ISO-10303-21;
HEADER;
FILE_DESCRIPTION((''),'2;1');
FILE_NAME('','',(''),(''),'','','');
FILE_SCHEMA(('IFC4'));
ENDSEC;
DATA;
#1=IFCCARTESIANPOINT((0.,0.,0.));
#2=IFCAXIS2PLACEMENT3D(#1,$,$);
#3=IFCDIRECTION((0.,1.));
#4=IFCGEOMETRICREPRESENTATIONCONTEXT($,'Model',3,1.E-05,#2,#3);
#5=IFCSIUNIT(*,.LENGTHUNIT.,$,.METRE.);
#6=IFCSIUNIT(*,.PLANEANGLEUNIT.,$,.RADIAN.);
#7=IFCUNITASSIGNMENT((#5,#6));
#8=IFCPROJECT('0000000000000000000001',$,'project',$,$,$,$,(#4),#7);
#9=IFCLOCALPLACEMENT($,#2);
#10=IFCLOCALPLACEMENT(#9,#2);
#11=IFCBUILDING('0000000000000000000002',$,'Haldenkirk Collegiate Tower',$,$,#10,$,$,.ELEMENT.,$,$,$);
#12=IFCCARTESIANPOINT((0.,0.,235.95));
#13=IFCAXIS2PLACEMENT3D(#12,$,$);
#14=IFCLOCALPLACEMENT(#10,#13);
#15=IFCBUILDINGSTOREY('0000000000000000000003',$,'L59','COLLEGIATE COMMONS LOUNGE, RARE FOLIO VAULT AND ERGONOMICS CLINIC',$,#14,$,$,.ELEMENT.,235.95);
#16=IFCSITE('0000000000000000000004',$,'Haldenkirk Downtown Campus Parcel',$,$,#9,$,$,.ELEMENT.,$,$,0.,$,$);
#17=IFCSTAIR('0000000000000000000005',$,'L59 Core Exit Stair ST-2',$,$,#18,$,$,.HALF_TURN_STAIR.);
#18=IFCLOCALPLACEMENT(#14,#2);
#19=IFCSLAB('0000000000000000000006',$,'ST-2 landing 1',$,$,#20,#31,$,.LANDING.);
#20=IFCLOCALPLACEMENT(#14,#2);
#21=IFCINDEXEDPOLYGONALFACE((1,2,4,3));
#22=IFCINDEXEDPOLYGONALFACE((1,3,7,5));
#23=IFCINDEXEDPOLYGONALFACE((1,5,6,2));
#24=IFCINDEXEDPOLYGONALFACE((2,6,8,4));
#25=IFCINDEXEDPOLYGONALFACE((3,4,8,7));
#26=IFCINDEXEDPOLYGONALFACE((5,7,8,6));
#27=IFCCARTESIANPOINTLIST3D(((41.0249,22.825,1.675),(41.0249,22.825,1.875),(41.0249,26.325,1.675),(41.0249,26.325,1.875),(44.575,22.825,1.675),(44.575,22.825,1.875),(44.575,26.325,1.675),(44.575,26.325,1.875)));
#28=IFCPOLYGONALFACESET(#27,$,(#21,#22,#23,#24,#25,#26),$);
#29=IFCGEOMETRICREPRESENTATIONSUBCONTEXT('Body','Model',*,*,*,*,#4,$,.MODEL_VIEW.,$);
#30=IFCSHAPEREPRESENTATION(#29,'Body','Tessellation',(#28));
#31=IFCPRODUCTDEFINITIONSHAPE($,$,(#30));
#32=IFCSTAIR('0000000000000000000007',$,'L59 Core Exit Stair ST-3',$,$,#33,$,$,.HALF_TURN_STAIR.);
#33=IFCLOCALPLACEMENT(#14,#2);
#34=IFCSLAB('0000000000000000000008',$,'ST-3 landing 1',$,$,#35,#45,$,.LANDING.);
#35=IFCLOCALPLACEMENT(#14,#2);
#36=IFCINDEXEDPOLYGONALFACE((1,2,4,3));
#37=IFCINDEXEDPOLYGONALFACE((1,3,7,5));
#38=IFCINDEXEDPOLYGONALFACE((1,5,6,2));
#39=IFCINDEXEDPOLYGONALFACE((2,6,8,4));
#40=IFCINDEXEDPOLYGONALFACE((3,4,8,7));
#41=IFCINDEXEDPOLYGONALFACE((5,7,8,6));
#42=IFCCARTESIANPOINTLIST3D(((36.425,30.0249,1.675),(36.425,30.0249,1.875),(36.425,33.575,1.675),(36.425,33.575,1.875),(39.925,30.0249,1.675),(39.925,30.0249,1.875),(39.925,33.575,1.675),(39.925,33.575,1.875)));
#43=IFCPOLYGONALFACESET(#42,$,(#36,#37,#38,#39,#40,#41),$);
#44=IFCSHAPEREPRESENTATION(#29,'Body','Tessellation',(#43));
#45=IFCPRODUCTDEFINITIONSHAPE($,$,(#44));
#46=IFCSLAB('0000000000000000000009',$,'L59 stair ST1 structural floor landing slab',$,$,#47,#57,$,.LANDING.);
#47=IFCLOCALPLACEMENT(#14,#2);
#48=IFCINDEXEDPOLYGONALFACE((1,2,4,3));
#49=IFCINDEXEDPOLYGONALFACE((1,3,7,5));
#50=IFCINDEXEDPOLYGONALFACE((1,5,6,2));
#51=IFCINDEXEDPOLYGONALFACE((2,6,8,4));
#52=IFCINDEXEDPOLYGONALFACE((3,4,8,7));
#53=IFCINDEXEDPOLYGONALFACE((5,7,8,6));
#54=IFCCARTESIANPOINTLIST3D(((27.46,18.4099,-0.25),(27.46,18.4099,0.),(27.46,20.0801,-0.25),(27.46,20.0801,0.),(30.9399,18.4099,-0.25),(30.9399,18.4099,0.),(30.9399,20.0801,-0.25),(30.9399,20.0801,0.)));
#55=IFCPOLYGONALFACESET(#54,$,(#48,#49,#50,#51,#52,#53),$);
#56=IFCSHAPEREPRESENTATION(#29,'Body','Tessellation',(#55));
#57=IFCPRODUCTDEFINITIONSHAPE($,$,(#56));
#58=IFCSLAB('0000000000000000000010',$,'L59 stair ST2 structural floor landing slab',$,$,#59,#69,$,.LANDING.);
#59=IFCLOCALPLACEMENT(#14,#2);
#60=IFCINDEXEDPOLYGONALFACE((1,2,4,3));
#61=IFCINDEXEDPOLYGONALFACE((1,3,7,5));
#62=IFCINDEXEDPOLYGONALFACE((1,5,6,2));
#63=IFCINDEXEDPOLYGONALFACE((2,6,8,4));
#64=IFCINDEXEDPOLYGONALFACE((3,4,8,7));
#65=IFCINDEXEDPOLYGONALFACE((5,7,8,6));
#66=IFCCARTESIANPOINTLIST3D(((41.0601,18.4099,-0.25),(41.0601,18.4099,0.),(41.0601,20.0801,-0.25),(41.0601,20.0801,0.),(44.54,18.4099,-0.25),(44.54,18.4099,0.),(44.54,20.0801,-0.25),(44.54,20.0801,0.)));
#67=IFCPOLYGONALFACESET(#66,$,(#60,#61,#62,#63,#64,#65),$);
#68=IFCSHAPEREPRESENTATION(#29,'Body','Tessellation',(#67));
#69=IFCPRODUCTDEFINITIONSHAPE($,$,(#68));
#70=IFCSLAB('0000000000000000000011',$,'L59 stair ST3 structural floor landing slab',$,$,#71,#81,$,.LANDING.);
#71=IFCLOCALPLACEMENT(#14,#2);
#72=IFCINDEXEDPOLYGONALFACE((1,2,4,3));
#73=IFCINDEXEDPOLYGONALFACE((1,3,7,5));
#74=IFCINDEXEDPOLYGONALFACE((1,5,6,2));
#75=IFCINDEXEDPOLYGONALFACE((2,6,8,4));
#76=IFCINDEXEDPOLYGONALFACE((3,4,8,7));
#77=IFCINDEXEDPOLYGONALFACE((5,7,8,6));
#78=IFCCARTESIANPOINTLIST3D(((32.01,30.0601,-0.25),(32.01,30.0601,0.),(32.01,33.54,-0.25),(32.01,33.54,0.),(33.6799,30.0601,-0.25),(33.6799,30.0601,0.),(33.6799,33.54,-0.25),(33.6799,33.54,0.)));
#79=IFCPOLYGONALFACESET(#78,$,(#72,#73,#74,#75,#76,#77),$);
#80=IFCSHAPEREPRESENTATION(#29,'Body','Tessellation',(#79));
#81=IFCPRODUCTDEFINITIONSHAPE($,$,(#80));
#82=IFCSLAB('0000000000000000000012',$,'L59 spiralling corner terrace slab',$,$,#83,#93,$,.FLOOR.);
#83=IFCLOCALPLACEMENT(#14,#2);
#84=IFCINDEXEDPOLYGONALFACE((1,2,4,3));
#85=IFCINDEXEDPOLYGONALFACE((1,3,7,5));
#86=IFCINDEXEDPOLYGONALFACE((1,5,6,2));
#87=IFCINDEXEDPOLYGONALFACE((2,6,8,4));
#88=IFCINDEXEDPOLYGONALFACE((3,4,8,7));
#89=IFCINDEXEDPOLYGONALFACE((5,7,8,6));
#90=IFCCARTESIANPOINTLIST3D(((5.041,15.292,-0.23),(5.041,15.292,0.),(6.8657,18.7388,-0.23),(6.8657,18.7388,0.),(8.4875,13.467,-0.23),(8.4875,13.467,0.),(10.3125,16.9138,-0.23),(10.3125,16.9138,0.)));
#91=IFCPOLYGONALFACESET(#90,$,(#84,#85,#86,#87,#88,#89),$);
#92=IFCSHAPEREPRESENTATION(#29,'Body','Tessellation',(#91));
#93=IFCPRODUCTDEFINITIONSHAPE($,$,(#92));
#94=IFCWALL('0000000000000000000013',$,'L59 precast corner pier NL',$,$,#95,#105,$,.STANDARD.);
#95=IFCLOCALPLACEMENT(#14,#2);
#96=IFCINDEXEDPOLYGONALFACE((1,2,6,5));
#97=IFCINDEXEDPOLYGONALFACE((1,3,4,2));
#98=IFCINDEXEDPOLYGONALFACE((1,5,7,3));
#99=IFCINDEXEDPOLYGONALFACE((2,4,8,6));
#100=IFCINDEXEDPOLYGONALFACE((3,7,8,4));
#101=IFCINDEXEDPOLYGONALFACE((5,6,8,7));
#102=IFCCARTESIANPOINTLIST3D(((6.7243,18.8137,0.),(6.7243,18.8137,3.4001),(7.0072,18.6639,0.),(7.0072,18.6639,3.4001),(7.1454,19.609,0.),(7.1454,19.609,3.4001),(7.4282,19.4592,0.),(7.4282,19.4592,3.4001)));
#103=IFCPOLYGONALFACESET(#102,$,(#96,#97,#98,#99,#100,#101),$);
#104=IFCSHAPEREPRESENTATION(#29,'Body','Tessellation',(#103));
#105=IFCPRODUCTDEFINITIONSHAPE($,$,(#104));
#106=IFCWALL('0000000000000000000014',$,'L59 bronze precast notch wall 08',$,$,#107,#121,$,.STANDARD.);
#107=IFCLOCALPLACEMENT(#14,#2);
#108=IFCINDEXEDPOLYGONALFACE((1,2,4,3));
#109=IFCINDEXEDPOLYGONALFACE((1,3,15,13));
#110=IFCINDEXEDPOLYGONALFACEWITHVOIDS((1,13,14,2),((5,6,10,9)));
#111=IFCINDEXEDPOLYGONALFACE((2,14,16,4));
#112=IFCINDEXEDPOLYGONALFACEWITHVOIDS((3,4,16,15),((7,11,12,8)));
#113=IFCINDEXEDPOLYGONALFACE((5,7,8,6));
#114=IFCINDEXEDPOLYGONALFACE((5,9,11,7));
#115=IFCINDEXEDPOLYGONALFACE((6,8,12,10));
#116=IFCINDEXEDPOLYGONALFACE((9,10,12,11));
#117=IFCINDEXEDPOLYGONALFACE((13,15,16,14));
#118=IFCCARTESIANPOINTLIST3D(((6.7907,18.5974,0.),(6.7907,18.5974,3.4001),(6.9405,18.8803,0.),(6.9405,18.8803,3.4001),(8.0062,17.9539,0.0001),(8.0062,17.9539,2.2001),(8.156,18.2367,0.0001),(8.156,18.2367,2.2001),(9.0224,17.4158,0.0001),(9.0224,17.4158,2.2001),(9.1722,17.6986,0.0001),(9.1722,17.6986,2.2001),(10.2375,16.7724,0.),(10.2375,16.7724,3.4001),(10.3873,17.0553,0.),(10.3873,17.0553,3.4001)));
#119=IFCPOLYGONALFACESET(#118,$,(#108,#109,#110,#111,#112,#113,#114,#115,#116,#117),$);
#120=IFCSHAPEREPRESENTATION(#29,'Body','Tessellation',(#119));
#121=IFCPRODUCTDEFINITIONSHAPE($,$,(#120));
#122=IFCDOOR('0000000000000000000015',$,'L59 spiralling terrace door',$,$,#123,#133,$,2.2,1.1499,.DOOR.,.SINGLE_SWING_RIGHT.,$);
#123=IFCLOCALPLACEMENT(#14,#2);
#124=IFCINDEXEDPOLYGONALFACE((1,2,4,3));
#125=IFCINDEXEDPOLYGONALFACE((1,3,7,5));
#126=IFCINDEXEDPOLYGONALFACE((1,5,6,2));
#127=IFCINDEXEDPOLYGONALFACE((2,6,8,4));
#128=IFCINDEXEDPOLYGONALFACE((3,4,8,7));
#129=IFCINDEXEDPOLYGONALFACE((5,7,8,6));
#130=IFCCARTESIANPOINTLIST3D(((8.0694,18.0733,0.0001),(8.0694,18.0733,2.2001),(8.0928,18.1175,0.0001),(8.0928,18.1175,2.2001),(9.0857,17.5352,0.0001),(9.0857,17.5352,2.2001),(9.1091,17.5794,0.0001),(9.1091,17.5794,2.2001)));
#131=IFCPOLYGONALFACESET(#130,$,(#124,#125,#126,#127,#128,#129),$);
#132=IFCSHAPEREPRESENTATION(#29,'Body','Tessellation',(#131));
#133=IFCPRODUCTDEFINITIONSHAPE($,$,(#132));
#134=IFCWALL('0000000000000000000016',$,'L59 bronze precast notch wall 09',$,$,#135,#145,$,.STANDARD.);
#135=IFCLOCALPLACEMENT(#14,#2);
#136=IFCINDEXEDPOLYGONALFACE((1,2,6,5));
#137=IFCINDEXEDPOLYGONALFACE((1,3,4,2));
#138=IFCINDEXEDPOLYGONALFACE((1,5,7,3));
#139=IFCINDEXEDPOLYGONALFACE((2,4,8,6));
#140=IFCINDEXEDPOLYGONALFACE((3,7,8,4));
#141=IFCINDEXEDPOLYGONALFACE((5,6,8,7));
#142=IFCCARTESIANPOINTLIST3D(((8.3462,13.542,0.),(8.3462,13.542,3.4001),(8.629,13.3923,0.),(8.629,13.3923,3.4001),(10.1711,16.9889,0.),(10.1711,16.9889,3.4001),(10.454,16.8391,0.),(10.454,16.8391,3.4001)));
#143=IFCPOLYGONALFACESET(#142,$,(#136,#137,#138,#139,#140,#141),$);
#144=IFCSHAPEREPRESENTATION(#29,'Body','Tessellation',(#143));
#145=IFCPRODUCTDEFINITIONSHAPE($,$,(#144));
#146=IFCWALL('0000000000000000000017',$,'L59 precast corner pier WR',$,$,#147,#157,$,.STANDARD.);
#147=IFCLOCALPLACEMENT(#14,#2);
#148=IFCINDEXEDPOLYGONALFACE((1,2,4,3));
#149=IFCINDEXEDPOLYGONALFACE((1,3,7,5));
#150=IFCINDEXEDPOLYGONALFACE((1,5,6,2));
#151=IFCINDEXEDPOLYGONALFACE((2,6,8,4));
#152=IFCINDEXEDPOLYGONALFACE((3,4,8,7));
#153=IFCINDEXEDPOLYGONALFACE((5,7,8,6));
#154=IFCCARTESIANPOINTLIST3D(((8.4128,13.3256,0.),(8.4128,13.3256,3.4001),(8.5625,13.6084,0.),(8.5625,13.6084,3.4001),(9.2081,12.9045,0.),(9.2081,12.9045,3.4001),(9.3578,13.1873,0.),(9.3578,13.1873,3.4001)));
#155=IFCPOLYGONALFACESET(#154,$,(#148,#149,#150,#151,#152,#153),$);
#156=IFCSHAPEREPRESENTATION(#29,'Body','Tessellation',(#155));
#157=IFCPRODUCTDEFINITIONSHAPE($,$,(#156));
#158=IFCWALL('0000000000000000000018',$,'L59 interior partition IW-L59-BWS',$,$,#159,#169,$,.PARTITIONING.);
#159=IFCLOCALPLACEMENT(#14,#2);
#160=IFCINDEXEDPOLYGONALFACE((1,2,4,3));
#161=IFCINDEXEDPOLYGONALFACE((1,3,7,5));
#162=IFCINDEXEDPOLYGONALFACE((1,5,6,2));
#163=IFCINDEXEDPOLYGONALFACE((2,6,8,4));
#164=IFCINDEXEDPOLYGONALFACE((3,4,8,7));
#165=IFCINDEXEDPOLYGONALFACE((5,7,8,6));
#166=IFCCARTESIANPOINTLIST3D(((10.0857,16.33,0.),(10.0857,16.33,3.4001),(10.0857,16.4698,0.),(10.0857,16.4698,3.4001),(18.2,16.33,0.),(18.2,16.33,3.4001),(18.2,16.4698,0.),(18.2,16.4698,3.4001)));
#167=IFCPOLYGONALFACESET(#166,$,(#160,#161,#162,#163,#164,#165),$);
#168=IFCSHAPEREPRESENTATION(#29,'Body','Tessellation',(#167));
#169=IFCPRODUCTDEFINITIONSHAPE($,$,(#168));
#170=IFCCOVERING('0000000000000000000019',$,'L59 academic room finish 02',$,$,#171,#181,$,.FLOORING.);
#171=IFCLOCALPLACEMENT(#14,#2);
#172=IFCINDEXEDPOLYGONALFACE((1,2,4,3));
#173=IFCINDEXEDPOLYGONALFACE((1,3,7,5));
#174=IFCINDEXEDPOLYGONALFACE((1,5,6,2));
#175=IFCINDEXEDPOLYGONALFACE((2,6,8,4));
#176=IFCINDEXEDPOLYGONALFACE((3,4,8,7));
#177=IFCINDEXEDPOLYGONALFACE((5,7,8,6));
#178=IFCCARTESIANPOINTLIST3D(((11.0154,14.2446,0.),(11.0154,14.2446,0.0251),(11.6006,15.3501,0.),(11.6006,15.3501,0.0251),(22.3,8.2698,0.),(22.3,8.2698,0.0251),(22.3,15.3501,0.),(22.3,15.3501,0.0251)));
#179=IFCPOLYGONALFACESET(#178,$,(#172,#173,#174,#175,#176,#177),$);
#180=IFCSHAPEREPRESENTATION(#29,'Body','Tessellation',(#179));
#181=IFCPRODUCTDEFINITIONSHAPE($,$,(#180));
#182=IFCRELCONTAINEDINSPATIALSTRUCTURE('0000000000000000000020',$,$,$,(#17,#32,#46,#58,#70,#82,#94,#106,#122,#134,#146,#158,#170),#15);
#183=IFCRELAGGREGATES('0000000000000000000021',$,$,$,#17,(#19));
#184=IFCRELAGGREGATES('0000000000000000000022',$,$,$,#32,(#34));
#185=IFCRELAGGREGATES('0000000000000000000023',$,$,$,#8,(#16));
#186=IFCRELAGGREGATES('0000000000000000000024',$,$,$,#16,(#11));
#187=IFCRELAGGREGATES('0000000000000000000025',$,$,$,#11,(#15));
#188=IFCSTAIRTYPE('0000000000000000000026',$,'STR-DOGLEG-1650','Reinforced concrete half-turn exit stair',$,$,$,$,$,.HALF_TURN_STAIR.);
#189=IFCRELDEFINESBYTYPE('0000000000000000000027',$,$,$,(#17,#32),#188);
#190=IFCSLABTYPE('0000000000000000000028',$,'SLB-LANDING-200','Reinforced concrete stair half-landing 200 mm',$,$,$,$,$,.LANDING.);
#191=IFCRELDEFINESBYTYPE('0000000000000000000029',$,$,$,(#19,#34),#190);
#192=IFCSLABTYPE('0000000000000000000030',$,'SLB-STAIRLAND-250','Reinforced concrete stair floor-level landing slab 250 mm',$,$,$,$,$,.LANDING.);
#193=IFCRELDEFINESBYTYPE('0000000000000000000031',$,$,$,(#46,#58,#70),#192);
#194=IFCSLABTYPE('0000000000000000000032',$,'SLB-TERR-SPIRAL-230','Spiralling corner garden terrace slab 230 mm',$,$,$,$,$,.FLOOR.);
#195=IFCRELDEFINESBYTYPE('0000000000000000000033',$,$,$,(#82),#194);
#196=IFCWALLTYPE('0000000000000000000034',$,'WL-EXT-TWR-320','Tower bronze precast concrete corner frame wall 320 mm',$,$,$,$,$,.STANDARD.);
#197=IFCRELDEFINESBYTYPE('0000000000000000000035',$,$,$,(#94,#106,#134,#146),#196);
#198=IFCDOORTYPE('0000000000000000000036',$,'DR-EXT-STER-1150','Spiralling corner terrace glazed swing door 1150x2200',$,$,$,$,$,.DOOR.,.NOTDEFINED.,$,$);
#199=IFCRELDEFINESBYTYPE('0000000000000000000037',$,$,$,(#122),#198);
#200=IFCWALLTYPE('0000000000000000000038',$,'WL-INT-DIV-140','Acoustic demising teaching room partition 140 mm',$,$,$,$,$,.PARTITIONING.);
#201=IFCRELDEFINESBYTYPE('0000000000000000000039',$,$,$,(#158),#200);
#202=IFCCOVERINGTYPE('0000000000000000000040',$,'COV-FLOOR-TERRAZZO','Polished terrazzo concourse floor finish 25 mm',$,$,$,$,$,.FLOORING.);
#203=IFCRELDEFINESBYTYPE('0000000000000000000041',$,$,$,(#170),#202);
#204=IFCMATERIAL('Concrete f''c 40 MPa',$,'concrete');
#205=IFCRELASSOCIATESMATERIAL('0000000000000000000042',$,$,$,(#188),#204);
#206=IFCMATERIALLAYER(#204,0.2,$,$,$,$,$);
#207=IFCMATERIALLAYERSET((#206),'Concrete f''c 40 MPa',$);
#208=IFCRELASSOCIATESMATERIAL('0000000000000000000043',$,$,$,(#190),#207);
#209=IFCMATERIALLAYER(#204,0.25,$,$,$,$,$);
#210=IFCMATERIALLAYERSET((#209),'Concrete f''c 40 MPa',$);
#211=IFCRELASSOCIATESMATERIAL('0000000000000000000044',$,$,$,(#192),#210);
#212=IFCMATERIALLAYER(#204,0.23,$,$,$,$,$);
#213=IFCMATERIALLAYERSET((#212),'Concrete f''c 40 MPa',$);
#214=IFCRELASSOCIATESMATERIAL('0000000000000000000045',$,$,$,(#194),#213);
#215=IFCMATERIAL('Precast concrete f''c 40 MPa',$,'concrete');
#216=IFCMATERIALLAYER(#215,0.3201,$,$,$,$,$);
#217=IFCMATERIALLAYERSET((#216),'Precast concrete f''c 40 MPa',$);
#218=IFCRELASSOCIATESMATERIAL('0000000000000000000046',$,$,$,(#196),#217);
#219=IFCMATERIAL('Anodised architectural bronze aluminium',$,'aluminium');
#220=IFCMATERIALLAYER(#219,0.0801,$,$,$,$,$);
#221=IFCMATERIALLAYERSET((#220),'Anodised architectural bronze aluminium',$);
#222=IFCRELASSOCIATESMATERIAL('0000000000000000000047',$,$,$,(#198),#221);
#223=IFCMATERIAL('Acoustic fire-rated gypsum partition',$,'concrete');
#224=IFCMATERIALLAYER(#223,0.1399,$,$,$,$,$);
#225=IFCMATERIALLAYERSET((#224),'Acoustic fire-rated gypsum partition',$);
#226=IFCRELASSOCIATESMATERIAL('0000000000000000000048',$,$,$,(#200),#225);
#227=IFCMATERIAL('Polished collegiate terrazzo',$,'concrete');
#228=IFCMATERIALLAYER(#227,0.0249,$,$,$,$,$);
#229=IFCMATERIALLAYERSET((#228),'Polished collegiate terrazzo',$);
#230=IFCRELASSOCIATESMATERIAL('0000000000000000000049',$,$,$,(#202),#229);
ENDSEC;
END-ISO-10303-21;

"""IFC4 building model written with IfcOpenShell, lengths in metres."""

from ifc_helpers import new_model, si_unit, direction, frame, frame_2d, origin, place, context, subcontext, project, spatial, polyline, rectangle, outline, extrude, material, layer, layer_set, type_object, element, fill, aggregate, save


model = new_model("IFC4")

# Units and contexts
model_context = context("Model", 3, precision=1e-05, world=origin(), true_north=direction((0.0, 1.0)))
body_context = subcontext(model_context, "Body", "Model", "MODEL_VIEW")
ifc_project = project(units=[si_unit("LENGTHUNIT", "METRE"), si_unit("PLANEANGLEUNIT", "RADIAN")], contexts=[model_context])

# Site, building, storey
site_placement = place(None, origin())
site = spatial("IfcSite", under=ifc_project, at=site_placement, Name="Haldenkirk Downtown Campus Parcel", CompositionType="ELEMENT", RefElevation=0.0)
building_placement = place(site_placement, origin())
building = spatial("IfcBuilding", under=site, at=building_placement, Name="Haldenkirk Collegiate Tower", CompositionType="ELEMENT")
storey_placement = place(building_placement, frame((0.0, 0.0, 235.95)))
storey = spatial("IfcBuildingStorey", under=building, at=storey_placement, Name="L59", Description="COLLEGIATE COMMONS LOUNGE, RARE FOLIO VAULT AND ERGONOMICS CLINIC", CompositionType="ELEMENT", Elevation=235.95)

# Shared definitions
ifc_material_1 = material(Name="Anodised architectural bronze aluminium", Category="aluminium")

# Shared definitions
ifc_material_2 = material(Name="Concrete f'c 40 MPa", Category="concrete")

# Stairs, slabs
stair_type = type_object("IfcStairType", Name="STR-DOGLEG-1650", Description="Reinforced concrete half-turn exit stair", PredefinedType="HALF_TURN_STAIR", material=ifc_material_2)
ifc_layer_1 = layer(ifc_material_2, 0.2)
ifc_layer_set_1 = layer_set([ifc_layer_1], Name="Concrete f'c 40 MPa")
slab_type_1 = type_object("IfcSlabType", Name="SLB-LANDING-200", Description="Reinforced concrete stair half-landing 200 mm", PredefinedType="LANDING", material=ifc_layer_set_1)
stair_1_placement = place(storey_placement, origin())
stair_1 = element("IfcStair", 1, at=stair_1_placement, inside=storey, type_object=stair_type, Name="L59 Core Exit Stair ST-2", PredefinedType="HALF_TURN_STAIR")
slab_1_placement = place(storey_placement, frame((0.0, 0.0, 1.675)))
slab_1 = element("IfcSlab", 2, at=slab_1_placement, type_object=slab_type_1, Name="ST-2 landing 1", PredefinedType="LANDING", context=body_context, shape_type="SweptSolid", body=[
    extrude(outline(polyline([(44.575, 22.825), (41.0249, 22.825), (41.0249, 26.325), (44.575, 26.325), (44.575, 22.825)])), origin(), (0.0, 0.0, 1.0), 0.2),
])
aggregate(stair_1, [slab_1])
stair_2_placement = place(storey_placement, origin())
stair_2 = element("IfcStair", 3, at=stair_2_placement, inside=storey, type_object=stair_type, Name="L59 Core Exit Stair ST-3", PredefinedType="HALF_TURN_STAIR")
slab_2_placement = place(storey_placement, frame((0.0, 0.0, 1.675)))
slab_2 = element("IfcSlab", 4, at=slab_2_placement, type_object=slab_type_1, Name="ST-3 landing 1", PredefinedType="LANDING", context=body_context, shape_type="SweptSolid", body=[
    extrude(outline(polyline([(36.425, 30.0249), (36.425, 33.575), (39.925, 33.575), (39.925, 30.0249), (36.425, 30.0249)])), origin(), (0.0, 0.0, 1.0), 0.2),
])
aggregate(stair_2, [slab_2])

# Slabs
ifc_layer_2 = layer(ifc_material_2, 0.25)
ifc_layer_set_2 = layer_set([ifc_layer_2], Name="Concrete f'c 40 MPa")
slab_type_2 = type_object("IfcSlabType", Name="SLB-STAIRLAND-250", Description="Reinforced concrete stair floor-level landing slab 250 mm", PredefinedType="LANDING", material=ifc_layer_set_2)
slab_3_placement = place(storey_placement, frame((0.0, 0.0, -0.25)))
element("IfcSlab", 5, at=slab_3_placement, inside=storey, type_object=slab_type_2, Name="L59 stair ST1 structural floor landing slab", PredefinedType="LANDING", context=body_context, shape_type="SweptSolid", body=[
    extrude(outline(polyline([(27.46, 18.4099), (30.9399, 18.4099), (30.9399, 20.0801), (27.46, 20.0801), (27.46, 18.4099)])), origin(), (0.0, 0.0, 1.0), 0.25),
])
slab_4_placement = place(storey_placement, frame((0.0, 0.0, -0.25)))
element("IfcSlab", 6, at=slab_4_placement, inside=storey, type_object=slab_type_2, Name="L59 stair ST2 structural floor landing slab", PredefinedType="LANDING", context=body_context, shape_type="SweptSolid", body=[
    extrude(outline(polyline([(41.0601, 18.4099), (44.54, 18.4099), (44.54, 20.0801), (41.0601, 20.0801), (41.0601, 18.4099)])), origin(), (0.0, 0.0, 1.0), 0.25),
])
slab_5_placement = place(storey_placement, frame((0.0, 0.0, -0.25)))
element("IfcSlab", 7, at=slab_5_placement, inside=storey, type_object=slab_type_2, Name="L59 stair ST3 structural floor landing slab", PredefinedType="LANDING", context=body_context, shape_type="SweptSolid", body=[
    extrude(outline(polyline([(32.01, 30.0601), (33.6799, 30.0601), (33.6799, 33.54), (32.01, 33.54), (32.01, 30.0601)])), origin(), (0.0, 0.0, 1.0), 0.25),
])
ifc_layer_3 = layer(ifc_material_2, 0.23)
ifc_layer_set_3 = layer_set([ifc_layer_3], Name="Concrete f'c 40 MPa")
slab_type_3 = type_object("IfcSlabType", Name="SLB-TERR-SPIRAL-230", Description="Spiralling corner garden terrace slab 230 mm", PredefinedType="FLOOR", material=ifc_layer_set_3)
slab_6_placement = place(storey_placement, frame((0.0, 0.0, -0.23)))
element("IfcSlab", 8, at=slab_6_placement, inside=storey, type_object=slab_type_3, Name="L59 spiralling corner terrace slab", PredefinedType="FLOOR", context=body_context, shape_type="SweptSolid", body=[
    extrude(outline(polyline([(8.4875, 13.467), (10.3125, 16.9138), (6.8657, 18.7388), (5.041, 15.292), (8.4875, 13.467)])), origin(), (0.0, 0.0, 1.0), 0.23),
])

# Wall
ifc_material_3 = material(Name="Precast concrete f'c 40 MPa", Category="concrete")
ifc_layer_4 = layer(ifc_material_3, 0.3201)
ifc_layer_set_4 = layer_set([ifc_layer_4], Name="Precast concrete f'c 40 MPa")
wall_type_1 = type_object("IfcWallType", Name="WL-EXT-TWR-320", Description="Tower bronze precast concrete corner frame wall 320 mm", PredefinedType="STANDARD", material=ifc_layer_set_4)
wall_1_placement = place(storey_placement, frame((6.8657, 18.7388, 0.0), z_axis=(0.0, 0.0, 1.0), x_axis=(0.467925, 0.883768, 0.0)))
element("IfcWall", 9, at=wall_1_placement, inside=storey, type_object=wall_type_1, Name="L59 precast corner pier NL", PredefinedType="STANDARD", context=body_context, shape_type="SweptSolid", body=[
    extrude(rectangle(XDim=0.8999, YDim=0.3201, at=frame_2d((0.45, 0.0))), origin(), (0.0, 0.0, 1.0), 3.4001),
])

# Wall, opening, door
wall_2_placement = place(storey_placement, frame((10.3125, 16.9138, 0.0), z_axis=(0.0, 0.0, 1.0), x_axis=(-0.883768, 0.467925, 0.0)))
wall_2 = element("IfcWall", 10, at=wall_2_placement, inside=storey, type_object=wall_type_1, Name="L59 bronze precast notch wall 08", PredefinedType="STANDARD", context=body_context, shape_type="SweptSolid", body=[
    extrude(rectangle(XDim=3.9001, YDim=0.3201, at=frame_2d((1.9502, 0.0))), origin(), (0.0, 0.0, 1.0), 3.4001),
])
opening_placement = place(wall_2_placement, frame((1.375, 0.0, 0.0)))
opening = element("IfcOpeningElement", 11, at=opening_placement, cuts=wall_2, PredefinedType="OPENING", context=body_context, shape_type="SweptSolid", body=[
    extrude(rectangle(XDim=1.1499, YDim=2.2, at=frame_2d((0.575, 1.1001))), frame((0.0, 0.1699, 0.0), z_axis=(0.0, -1.0, 0.0), x_axis=(1.0, 0.0, 0.0)), (0.0, 0.0, 1.0), 0.3401),
])
ifc_layer_5 = layer(ifc_material_1, 0.0801)
ifc_layer_set_5 = layer_set([ifc_layer_5], Name="Anodised architectural bronze aluminium")
door_type = type_object("IfcDoorType", Name="DR-EXT-STER-1150", Description="Spiralling corner terrace glazed swing door 1150x2200", OperationType="NOTDEFINED", PredefinedType="DOOR", material=ifc_layer_set_5)
door_placement = place(opening_placement, origin())
door = element("IfcDoor", 12, at=door_placement, inside=storey, type_object=door_type, Name="L59 spiralling terrace door", OperationType="SINGLE_SWING_RIGHT", OverallHeight=2.2, OverallWidth=1.1499, PredefinedType="DOOR", context=body_context, shape_type="SweptSolid", body=[
    extrude(rectangle(XDim=1.1499, YDim=2.2, at=frame_2d((0.575, 1.1001))), frame((0.0, 0.0249, 0.0), z_axis=(0.0, -1.0, 0.0), x_axis=(1.0, 0.0, 0.0)), (0.0, 0.0, 1.0), 0.05),
])
fill(opening, door)

# Walls
wall_3_placement = place(storey_placement, frame((8.4875, 13.467, 0.0), z_axis=(0.0, 0.0, 1.0), x_axis=(0.467925, 0.883768, 0.0)))
element("IfcWall", 13, at=wall_3_placement, inside=storey, type_object=wall_type_1, Name="L59 bronze precast notch wall 09", PredefinedType="STANDARD", context=body_context, shape_type="SweptSolid", body=[
    extrude(rectangle(XDim=3.9001, YDim=0.3201, at=frame_2d((1.9502, 0.0))), origin(), (0.0, 0.0, 1.0), 3.4001),
])
wall_4_placement = place(storey_placement, frame((9.283, 13.0459, 0.0), z_axis=(0.0, 0.0, 1.0), x_axis=(-0.883768, 0.467925, 0.0)))
element("IfcWall", 14, at=wall_4_placement, inside=storey, type_object=wall_type_1, Name="L59 precast corner pier WR", PredefinedType="STANDARD", context=body_context, shape_type="SweptSolid", body=[
    extrude(rectangle(XDim=0.8999, YDim=0.3201, at=frame_2d((0.45, 0.0))), origin(), (0.0, 0.0, 1.0), 3.4001),
])
ifc_material_4 = material(Name="Acoustic fire-rated gypsum partition", Category="concrete")
ifc_layer_6 = layer(ifc_material_4, 0.1399)
ifc_layer_set_6 = layer_set([ifc_layer_6], Name="Acoustic fire-rated gypsum partition")
wall_type_2 = type_object("IfcWallType", Name="WL-INT-DIV-140", Description="Acoustic demising teaching room partition 140 mm", PredefinedType="PARTITIONING", material=ifc_layer_set_6)
wall_5_placement = place(storey_placement, frame((10.0857, 16.3999, 0.0), z_axis=(0.0, 0.0, 1.0), x_axis=(1.0, 0.0, 0.0)))
element("IfcWall", 15, at=wall_5_placement, inside=storey, type_object=wall_type_2, Name="L59 interior partition IW-L59-BWS", PredefinedType="PARTITIONING", context=body_context, shape_type="SweptSolid", body=[
    extrude(rectangle(XDim=8.1143, YDim=0.1399, at=frame_2d((4.0571, 0.0))), origin(), (0.0, 0.0, 1.0), 3.4001),
])

# Covering
ifc_material_5 = material(Name="Polished collegiate terrazzo", Category="concrete")
ifc_layer_7 = layer(ifc_material_5, 0.0249)
ifc_layer_set_7 = layer_set([ifc_layer_7], Name="Polished collegiate terrazzo")
covering_type_1 = type_object("IfcCoveringType", Name="COV-FLOOR-TERRAZZO", Description="Polished terrazzo concourse floor finish 25 mm", PredefinedType="FLOORING", material=ifc_layer_set_7)
covering_1_placement = place(storey_placement, origin())
element("IfcCovering", 16, at=covering_1_placement, inside=storey, type_object=covering_type_1, Name="L59 academic room finish 02", PredefinedType="FLOORING", context=body_context, shape_type="SweptSolid", body=[
    extrude(outline(polyline([(11.0154, 14.2446), (11.6006, 15.3501), (22.3, 15.3501), (22.3, 8.2698), (11.0154, 14.2446)])), origin(), (0.0, 0.0, 1.0), 0.0251),
])

save(model, "model.ifc")
